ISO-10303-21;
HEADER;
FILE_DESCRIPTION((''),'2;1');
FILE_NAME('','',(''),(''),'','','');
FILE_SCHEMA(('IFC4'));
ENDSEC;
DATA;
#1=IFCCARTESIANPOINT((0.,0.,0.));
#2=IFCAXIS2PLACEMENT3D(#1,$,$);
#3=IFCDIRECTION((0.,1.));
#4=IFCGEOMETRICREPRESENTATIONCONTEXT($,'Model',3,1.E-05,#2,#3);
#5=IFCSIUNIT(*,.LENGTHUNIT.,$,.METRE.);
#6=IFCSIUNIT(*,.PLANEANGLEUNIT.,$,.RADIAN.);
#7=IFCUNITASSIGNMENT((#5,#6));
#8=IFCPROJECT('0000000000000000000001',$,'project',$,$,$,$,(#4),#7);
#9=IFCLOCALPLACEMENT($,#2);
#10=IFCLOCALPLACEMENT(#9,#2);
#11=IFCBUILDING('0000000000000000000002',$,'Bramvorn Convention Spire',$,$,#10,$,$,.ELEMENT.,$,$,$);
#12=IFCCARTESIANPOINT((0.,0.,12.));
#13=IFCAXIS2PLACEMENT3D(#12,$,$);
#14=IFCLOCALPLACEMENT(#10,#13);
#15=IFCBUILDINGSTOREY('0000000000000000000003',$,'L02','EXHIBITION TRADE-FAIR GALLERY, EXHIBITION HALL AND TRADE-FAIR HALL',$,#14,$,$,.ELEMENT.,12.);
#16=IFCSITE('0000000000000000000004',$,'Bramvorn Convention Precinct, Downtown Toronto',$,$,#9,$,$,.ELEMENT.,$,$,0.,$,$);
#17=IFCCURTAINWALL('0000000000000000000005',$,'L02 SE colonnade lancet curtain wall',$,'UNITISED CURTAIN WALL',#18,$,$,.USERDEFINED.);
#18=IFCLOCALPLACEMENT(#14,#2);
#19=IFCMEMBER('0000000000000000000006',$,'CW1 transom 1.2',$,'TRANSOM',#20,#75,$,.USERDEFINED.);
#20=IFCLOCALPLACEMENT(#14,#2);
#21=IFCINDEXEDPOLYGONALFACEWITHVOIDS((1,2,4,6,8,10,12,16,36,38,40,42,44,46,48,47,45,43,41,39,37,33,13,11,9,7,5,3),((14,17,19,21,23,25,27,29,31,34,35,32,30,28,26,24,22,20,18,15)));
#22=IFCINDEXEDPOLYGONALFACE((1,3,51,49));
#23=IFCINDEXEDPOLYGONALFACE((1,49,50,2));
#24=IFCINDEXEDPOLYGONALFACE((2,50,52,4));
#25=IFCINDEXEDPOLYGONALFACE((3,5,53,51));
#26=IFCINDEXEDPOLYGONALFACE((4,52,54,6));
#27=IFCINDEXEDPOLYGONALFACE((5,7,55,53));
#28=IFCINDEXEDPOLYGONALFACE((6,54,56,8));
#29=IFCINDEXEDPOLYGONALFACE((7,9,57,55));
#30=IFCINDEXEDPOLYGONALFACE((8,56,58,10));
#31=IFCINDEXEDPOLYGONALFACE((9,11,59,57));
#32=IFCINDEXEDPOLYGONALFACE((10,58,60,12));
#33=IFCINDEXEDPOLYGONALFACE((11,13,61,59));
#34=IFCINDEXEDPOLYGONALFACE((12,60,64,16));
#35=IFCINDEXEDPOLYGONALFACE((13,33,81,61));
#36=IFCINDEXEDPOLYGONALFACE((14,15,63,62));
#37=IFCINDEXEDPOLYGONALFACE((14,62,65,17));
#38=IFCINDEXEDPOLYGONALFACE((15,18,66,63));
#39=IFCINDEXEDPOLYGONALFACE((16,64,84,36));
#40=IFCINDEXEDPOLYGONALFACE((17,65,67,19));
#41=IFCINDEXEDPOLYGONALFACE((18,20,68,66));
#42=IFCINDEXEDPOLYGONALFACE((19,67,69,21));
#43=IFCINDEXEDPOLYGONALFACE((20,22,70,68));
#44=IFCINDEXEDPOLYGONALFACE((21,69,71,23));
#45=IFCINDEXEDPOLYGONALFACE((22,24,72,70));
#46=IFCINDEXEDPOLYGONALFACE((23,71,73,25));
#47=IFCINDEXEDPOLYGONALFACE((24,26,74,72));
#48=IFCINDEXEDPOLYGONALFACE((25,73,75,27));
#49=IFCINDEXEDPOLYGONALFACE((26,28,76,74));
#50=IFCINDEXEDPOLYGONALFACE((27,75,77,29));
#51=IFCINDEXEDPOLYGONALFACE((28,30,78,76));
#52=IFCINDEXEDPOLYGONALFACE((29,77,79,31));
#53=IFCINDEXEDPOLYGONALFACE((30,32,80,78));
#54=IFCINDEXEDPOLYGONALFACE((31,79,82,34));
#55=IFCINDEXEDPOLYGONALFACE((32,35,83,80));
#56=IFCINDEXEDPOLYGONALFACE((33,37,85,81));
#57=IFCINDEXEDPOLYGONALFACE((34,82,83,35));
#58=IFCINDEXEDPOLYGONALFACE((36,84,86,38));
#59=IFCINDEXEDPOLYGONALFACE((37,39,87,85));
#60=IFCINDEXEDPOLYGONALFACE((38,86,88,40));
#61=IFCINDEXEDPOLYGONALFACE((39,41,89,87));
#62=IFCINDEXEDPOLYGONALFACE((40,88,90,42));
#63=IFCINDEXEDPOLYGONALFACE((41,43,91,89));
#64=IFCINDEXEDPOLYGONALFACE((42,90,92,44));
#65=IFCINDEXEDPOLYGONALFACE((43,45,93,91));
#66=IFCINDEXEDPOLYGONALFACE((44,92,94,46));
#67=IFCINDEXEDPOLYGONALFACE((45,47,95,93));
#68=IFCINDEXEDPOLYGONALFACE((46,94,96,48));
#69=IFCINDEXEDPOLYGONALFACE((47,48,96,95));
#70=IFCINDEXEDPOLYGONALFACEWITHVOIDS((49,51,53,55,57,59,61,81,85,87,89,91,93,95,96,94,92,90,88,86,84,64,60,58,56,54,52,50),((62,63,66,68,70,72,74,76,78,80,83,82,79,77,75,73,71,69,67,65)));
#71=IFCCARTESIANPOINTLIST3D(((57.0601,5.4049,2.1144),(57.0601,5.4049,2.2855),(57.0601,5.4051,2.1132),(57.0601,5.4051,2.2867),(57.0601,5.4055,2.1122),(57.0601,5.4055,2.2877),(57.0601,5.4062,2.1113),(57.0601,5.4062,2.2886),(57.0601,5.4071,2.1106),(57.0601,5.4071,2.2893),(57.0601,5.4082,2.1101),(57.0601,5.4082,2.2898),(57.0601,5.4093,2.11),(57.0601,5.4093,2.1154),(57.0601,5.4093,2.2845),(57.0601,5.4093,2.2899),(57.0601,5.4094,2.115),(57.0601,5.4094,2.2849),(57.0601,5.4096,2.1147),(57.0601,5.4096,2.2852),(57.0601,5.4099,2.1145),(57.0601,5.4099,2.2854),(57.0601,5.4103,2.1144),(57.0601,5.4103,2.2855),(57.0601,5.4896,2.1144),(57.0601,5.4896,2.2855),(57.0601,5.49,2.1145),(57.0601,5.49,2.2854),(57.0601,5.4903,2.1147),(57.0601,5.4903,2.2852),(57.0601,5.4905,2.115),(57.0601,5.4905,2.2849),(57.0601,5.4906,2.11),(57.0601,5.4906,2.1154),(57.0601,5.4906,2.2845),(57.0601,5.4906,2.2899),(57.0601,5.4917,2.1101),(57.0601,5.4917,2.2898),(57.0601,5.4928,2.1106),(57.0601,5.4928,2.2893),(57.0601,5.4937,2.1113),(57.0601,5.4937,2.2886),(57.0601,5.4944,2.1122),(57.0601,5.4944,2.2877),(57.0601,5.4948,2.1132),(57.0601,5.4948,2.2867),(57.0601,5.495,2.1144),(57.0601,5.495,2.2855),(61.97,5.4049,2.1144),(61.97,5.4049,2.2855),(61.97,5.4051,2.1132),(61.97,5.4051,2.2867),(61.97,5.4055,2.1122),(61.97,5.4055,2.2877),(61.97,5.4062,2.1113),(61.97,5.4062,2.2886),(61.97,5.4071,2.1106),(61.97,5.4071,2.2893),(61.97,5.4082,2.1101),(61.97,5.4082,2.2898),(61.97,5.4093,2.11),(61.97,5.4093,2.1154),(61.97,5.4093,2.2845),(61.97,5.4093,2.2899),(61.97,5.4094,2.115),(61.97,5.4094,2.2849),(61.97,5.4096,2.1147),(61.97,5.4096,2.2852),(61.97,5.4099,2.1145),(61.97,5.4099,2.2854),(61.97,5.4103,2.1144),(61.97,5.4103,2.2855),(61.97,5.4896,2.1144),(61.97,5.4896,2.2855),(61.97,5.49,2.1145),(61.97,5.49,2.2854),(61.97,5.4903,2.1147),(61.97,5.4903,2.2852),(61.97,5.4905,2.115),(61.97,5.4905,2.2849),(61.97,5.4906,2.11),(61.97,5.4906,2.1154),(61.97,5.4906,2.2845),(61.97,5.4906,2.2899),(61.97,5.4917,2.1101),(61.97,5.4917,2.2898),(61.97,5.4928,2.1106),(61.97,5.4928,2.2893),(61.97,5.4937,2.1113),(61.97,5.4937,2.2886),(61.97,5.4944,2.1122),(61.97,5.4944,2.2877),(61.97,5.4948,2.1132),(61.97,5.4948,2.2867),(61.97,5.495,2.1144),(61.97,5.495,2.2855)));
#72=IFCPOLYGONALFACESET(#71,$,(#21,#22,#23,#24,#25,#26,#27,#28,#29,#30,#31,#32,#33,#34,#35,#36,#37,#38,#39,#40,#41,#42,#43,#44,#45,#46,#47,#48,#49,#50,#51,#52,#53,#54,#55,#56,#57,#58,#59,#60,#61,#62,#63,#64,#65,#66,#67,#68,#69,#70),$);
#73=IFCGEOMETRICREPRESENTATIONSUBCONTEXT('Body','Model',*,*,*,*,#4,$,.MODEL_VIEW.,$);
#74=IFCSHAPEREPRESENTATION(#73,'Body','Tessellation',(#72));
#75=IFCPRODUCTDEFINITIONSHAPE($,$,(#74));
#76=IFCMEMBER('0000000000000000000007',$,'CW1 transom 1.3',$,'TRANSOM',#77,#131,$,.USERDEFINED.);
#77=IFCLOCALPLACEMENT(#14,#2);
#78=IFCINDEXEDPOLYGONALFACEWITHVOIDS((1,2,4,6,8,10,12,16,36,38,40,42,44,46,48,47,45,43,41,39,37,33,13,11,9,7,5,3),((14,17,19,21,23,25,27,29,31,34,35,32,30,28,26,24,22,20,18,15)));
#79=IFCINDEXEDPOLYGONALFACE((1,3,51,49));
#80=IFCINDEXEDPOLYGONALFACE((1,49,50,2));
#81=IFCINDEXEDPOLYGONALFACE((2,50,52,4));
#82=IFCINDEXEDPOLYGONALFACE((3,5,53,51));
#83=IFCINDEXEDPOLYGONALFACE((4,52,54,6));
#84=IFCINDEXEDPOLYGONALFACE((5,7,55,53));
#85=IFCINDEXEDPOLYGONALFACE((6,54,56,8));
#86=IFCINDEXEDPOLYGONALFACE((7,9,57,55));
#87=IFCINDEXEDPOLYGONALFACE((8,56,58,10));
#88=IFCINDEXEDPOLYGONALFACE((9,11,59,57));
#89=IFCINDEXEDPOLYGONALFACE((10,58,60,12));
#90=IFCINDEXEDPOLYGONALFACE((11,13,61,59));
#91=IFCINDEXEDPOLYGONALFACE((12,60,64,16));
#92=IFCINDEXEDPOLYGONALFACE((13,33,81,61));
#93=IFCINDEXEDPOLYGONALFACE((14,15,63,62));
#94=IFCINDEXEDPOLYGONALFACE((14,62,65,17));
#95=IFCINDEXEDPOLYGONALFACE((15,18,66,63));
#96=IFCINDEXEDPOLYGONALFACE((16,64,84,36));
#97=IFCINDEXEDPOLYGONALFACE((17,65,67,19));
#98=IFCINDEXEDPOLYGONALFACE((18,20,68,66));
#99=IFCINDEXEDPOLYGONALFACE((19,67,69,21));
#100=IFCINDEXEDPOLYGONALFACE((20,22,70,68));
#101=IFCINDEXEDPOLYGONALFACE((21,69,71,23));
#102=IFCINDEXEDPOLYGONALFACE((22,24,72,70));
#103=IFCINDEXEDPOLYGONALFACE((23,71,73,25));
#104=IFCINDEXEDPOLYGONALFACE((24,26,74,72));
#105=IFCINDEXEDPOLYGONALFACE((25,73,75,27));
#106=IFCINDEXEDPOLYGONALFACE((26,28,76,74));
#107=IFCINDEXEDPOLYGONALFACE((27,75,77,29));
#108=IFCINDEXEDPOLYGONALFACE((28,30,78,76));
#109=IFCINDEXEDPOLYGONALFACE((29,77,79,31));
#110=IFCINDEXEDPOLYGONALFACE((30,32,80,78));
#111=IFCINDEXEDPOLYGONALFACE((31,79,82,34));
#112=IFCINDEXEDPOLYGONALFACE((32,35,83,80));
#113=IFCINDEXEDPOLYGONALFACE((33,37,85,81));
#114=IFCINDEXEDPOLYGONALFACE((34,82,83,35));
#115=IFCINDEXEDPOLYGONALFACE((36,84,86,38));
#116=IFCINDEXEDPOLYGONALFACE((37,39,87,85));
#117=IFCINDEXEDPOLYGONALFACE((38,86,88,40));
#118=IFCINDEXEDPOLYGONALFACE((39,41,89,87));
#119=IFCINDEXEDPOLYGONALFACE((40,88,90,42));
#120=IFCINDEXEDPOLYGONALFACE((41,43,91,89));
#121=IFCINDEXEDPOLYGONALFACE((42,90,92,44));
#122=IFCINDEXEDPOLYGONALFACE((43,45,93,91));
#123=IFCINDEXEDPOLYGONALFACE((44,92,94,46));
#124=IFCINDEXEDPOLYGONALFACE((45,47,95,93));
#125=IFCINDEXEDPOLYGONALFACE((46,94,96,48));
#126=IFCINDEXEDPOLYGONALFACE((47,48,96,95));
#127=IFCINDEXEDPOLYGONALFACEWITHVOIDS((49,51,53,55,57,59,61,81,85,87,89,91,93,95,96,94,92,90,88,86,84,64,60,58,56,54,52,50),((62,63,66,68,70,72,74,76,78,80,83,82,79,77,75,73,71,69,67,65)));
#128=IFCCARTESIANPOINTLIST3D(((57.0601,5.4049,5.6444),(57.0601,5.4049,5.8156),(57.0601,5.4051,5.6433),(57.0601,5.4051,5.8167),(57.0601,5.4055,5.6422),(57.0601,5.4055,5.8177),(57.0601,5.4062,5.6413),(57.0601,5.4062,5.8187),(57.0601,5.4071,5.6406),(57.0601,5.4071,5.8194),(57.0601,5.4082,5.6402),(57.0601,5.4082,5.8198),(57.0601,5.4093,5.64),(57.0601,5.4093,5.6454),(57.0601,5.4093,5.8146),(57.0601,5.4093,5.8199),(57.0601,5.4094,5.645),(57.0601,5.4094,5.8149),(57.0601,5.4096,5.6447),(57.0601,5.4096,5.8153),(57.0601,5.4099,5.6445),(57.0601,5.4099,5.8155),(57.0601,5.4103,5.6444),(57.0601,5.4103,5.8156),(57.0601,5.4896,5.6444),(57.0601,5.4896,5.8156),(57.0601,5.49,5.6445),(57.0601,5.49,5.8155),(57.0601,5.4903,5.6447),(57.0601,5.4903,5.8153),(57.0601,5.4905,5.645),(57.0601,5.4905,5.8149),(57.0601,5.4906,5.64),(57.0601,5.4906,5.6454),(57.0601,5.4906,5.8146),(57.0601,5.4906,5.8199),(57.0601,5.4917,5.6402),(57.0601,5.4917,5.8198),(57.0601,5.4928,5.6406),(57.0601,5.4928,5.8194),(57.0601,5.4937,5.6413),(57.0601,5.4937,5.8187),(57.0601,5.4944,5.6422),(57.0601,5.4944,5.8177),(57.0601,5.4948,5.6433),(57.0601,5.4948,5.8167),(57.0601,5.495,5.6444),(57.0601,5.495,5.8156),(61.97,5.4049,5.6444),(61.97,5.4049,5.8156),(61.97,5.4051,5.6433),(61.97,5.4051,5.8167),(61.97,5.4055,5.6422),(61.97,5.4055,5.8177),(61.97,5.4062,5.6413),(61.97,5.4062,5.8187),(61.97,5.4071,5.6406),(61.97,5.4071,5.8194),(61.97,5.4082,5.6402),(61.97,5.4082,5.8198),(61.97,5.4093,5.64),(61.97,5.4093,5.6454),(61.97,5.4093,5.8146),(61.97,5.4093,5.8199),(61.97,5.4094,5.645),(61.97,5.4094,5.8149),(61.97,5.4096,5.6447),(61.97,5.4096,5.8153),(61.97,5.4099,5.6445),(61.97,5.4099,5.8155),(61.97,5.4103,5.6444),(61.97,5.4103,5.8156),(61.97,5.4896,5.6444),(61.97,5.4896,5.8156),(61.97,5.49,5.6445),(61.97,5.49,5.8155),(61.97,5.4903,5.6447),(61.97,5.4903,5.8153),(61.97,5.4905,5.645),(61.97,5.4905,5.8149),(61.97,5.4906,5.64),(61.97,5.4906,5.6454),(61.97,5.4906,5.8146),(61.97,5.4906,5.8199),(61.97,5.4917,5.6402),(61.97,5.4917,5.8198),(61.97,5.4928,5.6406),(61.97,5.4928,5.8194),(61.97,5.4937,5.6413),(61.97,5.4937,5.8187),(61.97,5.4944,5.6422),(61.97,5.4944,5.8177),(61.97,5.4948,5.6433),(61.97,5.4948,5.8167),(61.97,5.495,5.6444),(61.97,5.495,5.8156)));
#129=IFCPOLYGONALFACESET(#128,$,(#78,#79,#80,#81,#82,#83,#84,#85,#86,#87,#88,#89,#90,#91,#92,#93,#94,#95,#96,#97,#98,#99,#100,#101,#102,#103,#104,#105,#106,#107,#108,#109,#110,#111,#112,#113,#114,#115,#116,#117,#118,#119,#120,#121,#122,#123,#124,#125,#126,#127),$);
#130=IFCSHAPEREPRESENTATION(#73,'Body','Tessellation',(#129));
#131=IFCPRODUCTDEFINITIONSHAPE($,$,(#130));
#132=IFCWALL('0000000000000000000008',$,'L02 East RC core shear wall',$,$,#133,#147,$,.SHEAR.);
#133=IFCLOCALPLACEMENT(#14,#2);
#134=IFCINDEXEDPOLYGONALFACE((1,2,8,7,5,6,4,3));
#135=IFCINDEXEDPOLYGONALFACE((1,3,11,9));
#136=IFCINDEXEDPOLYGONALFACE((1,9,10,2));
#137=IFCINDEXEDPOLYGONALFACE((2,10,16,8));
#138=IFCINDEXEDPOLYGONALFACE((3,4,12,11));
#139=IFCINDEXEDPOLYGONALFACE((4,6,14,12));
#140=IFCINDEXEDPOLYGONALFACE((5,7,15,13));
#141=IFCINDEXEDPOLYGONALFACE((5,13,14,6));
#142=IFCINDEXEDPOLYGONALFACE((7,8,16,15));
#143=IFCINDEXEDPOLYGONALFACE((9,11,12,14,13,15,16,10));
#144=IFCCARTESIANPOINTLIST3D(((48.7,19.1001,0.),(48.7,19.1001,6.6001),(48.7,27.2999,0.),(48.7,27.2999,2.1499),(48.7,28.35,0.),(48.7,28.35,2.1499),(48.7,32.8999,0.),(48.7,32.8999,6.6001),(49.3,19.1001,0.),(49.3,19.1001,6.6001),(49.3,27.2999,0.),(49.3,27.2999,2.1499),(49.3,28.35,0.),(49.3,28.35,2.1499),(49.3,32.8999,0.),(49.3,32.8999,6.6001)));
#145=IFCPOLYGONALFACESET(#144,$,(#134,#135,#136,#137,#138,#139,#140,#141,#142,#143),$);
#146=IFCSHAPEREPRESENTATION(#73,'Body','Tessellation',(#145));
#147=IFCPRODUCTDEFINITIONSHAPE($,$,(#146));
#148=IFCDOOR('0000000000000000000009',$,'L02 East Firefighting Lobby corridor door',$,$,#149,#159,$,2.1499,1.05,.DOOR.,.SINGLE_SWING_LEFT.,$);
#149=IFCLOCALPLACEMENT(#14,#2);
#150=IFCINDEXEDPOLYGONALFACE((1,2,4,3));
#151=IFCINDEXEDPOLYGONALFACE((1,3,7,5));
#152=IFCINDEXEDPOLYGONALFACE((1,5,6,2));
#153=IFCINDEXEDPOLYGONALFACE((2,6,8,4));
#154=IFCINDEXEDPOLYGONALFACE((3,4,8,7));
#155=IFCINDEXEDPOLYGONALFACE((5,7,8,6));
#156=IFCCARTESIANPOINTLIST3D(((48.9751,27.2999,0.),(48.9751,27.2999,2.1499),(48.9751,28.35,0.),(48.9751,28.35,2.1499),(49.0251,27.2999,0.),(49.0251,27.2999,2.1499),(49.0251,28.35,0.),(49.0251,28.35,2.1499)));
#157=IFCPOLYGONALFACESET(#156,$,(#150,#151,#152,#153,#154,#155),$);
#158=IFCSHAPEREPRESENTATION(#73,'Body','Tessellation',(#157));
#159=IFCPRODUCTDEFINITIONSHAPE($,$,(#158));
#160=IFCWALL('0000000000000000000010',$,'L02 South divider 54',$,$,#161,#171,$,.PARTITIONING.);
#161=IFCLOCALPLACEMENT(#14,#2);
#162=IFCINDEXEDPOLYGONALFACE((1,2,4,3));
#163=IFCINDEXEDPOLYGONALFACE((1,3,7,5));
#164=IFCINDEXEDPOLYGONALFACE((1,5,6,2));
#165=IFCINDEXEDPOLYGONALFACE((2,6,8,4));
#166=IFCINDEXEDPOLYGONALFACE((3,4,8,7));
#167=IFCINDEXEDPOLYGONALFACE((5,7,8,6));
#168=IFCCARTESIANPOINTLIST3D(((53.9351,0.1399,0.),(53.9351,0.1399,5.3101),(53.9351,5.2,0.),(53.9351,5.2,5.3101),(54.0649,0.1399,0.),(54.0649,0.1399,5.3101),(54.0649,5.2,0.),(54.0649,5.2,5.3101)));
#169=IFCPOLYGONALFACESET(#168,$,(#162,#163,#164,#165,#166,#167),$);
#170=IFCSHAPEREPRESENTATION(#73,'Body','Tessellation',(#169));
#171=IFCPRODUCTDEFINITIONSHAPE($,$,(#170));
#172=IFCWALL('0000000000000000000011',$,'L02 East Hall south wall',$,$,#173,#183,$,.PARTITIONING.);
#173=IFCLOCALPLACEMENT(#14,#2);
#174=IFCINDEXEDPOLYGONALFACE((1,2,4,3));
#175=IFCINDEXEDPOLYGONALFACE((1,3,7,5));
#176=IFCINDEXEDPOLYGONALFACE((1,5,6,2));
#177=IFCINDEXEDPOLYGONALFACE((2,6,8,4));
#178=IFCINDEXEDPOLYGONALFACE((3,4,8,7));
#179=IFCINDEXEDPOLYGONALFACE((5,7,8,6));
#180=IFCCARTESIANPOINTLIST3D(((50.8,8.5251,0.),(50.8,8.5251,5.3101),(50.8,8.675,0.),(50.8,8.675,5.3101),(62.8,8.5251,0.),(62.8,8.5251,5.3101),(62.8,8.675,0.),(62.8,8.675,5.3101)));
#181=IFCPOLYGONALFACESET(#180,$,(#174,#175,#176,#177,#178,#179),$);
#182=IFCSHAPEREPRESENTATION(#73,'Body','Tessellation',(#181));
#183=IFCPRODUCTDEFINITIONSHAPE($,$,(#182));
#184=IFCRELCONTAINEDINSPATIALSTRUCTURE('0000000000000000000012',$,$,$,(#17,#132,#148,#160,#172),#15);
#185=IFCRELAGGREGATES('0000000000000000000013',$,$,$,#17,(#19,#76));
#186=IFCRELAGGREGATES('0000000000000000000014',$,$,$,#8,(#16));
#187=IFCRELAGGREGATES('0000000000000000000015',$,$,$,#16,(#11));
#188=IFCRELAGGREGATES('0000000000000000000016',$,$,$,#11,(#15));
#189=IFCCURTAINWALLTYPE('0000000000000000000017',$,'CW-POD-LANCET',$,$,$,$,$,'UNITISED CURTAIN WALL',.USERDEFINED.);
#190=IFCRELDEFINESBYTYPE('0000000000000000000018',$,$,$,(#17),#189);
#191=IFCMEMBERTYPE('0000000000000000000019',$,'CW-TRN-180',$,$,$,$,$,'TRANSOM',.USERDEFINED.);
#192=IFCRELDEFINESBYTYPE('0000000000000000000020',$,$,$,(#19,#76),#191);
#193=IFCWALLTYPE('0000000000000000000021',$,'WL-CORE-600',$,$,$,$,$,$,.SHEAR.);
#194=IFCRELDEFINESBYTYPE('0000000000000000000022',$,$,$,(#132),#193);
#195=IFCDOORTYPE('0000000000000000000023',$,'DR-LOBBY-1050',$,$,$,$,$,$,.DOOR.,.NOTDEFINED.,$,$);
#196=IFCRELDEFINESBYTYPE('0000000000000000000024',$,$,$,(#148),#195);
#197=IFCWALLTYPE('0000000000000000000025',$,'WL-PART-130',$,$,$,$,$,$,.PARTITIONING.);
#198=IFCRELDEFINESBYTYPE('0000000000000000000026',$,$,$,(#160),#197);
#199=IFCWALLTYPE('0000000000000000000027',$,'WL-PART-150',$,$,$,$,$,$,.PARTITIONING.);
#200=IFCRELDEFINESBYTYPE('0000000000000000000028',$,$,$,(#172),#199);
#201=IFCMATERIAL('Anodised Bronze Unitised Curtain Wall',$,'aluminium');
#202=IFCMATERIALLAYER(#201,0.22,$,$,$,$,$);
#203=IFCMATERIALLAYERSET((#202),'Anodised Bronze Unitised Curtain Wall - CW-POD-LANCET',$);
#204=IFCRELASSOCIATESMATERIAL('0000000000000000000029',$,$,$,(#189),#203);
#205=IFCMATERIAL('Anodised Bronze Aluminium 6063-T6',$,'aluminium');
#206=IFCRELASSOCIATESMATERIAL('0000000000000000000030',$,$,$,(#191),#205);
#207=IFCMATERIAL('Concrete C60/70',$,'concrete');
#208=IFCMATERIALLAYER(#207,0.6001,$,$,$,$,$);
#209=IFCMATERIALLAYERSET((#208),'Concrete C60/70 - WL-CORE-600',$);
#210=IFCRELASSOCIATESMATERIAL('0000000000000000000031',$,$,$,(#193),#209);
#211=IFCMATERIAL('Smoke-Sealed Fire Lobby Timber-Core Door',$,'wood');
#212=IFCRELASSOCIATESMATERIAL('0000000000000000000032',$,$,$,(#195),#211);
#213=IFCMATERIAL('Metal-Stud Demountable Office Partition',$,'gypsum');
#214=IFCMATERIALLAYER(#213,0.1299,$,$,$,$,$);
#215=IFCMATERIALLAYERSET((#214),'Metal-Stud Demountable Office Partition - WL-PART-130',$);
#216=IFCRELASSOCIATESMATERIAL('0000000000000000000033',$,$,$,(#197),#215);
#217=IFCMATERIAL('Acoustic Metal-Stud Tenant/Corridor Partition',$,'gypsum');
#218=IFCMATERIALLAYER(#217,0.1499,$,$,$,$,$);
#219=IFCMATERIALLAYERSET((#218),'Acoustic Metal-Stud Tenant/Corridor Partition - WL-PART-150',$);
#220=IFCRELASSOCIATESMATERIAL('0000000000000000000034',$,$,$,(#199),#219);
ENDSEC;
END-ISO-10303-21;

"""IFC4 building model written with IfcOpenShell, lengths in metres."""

from ifc_helpers import new_model, si_unit, direction, frame, frame_2d, origin, origin_2d, place, context, subcontext, project, spatial, rectangle, hollow_rectangle, extrude, material, layer, layer_set, material_profile, profile_set, type_object, element, fill, aggregate, save


model = new_model("IFC4")

# Units and contexts
model_context = context("Model", 3, precision=1e-05, world=origin(), true_north=direction((0.0, 1.0)))
body_context = subcontext(model_context, "Body", "Model", "MODEL_VIEW")
ifc_project = project(units=[si_unit("LENGTHUNIT", "METRE"), si_unit("PLANEANGLEUNIT", "RADIAN")], contexts=[model_context])

# Site, building, storey
site_placement = place(None, origin())
site = spatial("IfcSite", under=ifc_project, at=site_placement, Name="Bramvorn Convention Precinct, Downtown Toronto", CompositionType="ELEMENT", RefElevation=0.0)
building_placement = place(site_placement, origin())
building = spatial("IfcBuilding", under=site, at=building_placement, Name="Bramvorn Convention Spire", CompositionType="ELEMENT")
storey_placement = place(building_placement, frame((0.0, 0.0, 12.0)))
storey = spatial("IfcBuildingStorey", under=building, at=storey_placement, Name="L02", Description="EXHIBITION TRADE-FAIR GALLERY, EXHIBITION HALL AND TRADE-FAIR HALL", CompositionType="ELEMENT", Elevation=12.0)

# Shared definitions
ifc_material_1 = material(Name="Concrete C60/70", Category="concrete")

# Curtain wall, members
ifc_material_2 = material(Name="Anodised Bronze Unitised Curtain Wall", Category="aluminium")
ifc_layer_1 = layer(ifc_material_2, 0.22)
ifc_layer_set_1 = layer_set([ifc_layer_1], Name="Anodised Bronze Unitised Curtain Wall - CW-POD-LANCET")
curtain_wall_type = type_object("IfcCurtainWallType", Name="CW-POD-LANCET", ElementType="UNITISED CURTAIN WALL", PredefinedType="USERDEFINED", material=ifc_layer_set_1)
curtain_wall_placement = place(storey_placement, origin())
curtain_wall = element("IfcCurtainWall", 1, at=curtain_wall_placement, inside=storey, type_object=curtain_wall_type, Name="L02 SE colonnade lancet curtain wall", ObjectType="UNITISED CURTAIN WALL", PredefinedType="USERDEFINED")
ifc_material_3 = material(Name="Anodised Bronze Aluminium 6063-T6", Category="aluminium")
ifc_material_profile_1 = material_profile(ifc_material_3, hollow_rectangle(XDim=0.0901, YDim=0.1799, WallThickness=0.0044, InnerFilletRadius=0.001, OuterFilletRadius=0.0044, at=origin_2d()))
ifc_profile_set_1 = profile_set([ifc_material_profile_1], Name="Anodised Bronze Aluminium 6063-T6 - CWT90X180")
member_type_1 = type_object("IfcMemberType", Name="CW-TRN-180", ElementType="TRANSOM", PredefinedType="USERDEFINED", material=ifc_profile_set_1)
member_1_placement = place(storey_placement, frame((57.0601, 5.45, 2.2), z_axis=(1.0, 0.0, 0.0), x_axis=(0.0, 1.0, 0.0)))
member_1 = element("IfcMember", 2, at=member_1_placement, type_object=member_type_1, Name="CW1 transom 1.2", ObjectType="TRANSOM", PredefinedType="USERDEFINED", context=body_context, shape_type="SweptSolid", body=[
    extrude(hollow_rectangle(XDim=0.0901, YDim=0.1799, WallThickness=0.0044, InnerFilletRadius=0.001, OuterFilletRadius=0.0044, at=origin_2d()), origin(), (0.0, 0.0, 1.0), 4.9099),
])
member_2_placement = place(storey_placement, frame((57.0601, 5.45, 5.73), z_axis=(1.0, 0.0, 0.0), x_axis=(0.0, 1.0, 0.0)))
member_2 = element("IfcMember", 3, at=member_2_placement, type_object=member_type_1, Name="CW1 transom 1.3", ObjectType="TRANSOM", PredefinedType="USERDEFINED", context=body_context, shape_type="SweptSolid", body=[
    extrude(hollow_rectangle(XDim=0.0901, YDim=0.1799, WallThickness=0.0044, InnerFilletRadius=0.001, OuterFilletRadius=0.0044, at=origin_2d()), origin(), (0.0, 0.0, 1.0), 4.9099),
])
aggregate(curtain_wall, [member_1, member_2])

# Wall, opening, door
ifc_layer_2 = layer(ifc_material_1, 0.6001)
ifc_layer_set_2 = layer_set([ifc_layer_2], Name="Concrete C60/70 - WL-CORE-600")
wall_type_1 = type_object("IfcWallType", Name="WL-CORE-600", PredefinedType="SHEAR", material=ifc_layer_set_2)
wall_1_placement = place(storey_placement, frame((49.0, 19.1001, 0.0), z_axis=(0.0, 0.0, 1.0), x_axis=(0.0, 1.0, 0.0)))
wall_1 = element("IfcWall", 4, at=wall_1_placement, inside=storey, type_object=wall_type_1, Name="L02 East RC core shear wall", PredefinedType="SHEAR", context=body_context, shape_type="SweptSolid", body=[
    extrude(rectangle(XDim=13.7998, YDim=0.6001, at=frame_2d((6.8999, 0.0))), origin(), (0.0, 0.0, 1.0), 6.6001),
])
opening_1_placement = place(wall_1_placement, frame((8.2, 0.0, 0.0)))
opening_1 = element("IfcOpeningElement", 5, at=opening_1_placement, cuts=wall_1, PredefinedType="OPENING", context=body_context, shape_type="SweptSolid", body=[
    extrude(rectangle(XDim=1.05, YDim=2.1499, at=frame_2d((0.5249, 1.075))), frame((0.0, 0.3101, 0.0), z_axis=(0.0, -1.0, 0.0), x_axis=(1.0, 0.0, 0.0)), (0.0, 0.0, 1.0), 0.6201),
])
ifc_material_4 = material(Name="Smoke-Sealed Fire Lobby Timber-Core Door", Category="wood")
door_type_1 = type_object("IfcDoorType", Name="DR-LOBBY-1050", OperationType="NOTDEFINED", PredefinedType="DOOR", material=ifc_material_4)
door_1_placement = place(opening_1_placement, origin())
door_1 = element("IfcDoor", 6, at=door_1_placement, inside=storey, type_object=door_type_1, Name="L02 East Firefighting Lobby corridor door", OperationType="SINGLE_SWING_LEFT", OverallHeight=2.1499, OverallWidth=1.05, PredefinedType="DOOR", context=body_context, shape_type="SweptSolid", body=[
    extrude(rectangle(XDim=1.05, YDim=2.1499, at=frame_2d((0.5249, 1.075))), frame((0.0, 0.0249, 0.0), z_axis=(0.0, -1.0, 0.0), x_axis=(1.0, 0.0, 0.0)), (0.0, 0.0, 1.0), 0.05),
])
fill(opening_1, door_1)

# Walls
ifc_material_5 = material(Name="Metal-Stud Demountable Office Partition", Category="gypsum")
ifc_layer_3 = layer(ifc_material_5, 0.1299)
ifc_layer_set_3 = layer_set([ifc_layer_3], Name="Metal-Stud Demountable Office Partition - WL-PART-130")
wall_type_2 = type_object("IfcWallType", Name="WL-PART-130", PredefinedType="PARTITIONING", material=ifc_layer_set_3)
wall_2_placement = place(storey_placement, frame((54.0, 0.1399, 0.0), z_axis=(0.0, 0.0, 1.0), x_axis=(0.0, 1.0, 0.0)))
element("IfcWall", 7, at=wall_2_placement, inside=storey, type_object=wall_type_2, Name="L02 South divider 54", PredefinedType="PARTITIONING", context=body_context, shape_type="SweptSolid", body=[
    extrude(rectangle(XDim=5.0601, YDim=0.1299, at=frame_2d((2.53, 0.0))), origin(), (0.0, 0.0, 1.0), 5.3101),
])
ifc_material_6 = material(Name="Acoustic Metal-Stud Tenant/Corridor Partition", Category="gypsum")
ifc_layer_4 = layer(ifc_material_6, 0.1499)
ifc_layer_set_4 = layer_set([ifc_layer_4], Name="Acoustic Metal-Stud Tenant/Corridor Partition - WL-PART-150")
wall_type_3 = type_object("IfcWallType", Name="WL-PART-150", PredefinedType="PARTITIONING", material=ifc_layer_set_4)
wall_3_placement = place(storey_placement, frame((50.8, 8.6001, 0.0), z_axis=(0.0, 0.0, 1.0), x_axis=(1.0, 0.0, 0.0)))
element("IfcWall", 8, at=wall_3_placement, inside=storey, type_object=wall_type_3, Name="L02 East Hall south wall", PredefinedType="PARTITIONING", context=body_context, shape_type="SweptSolid", body=[
    extrude(rectangle(XDim=12.0, YDim=0.1499, at=frame_2d((6.0, 0.0))), origin(), (0.0, 0.0, 1.0), 5.3101),
])

save(model, "model.ifc")
